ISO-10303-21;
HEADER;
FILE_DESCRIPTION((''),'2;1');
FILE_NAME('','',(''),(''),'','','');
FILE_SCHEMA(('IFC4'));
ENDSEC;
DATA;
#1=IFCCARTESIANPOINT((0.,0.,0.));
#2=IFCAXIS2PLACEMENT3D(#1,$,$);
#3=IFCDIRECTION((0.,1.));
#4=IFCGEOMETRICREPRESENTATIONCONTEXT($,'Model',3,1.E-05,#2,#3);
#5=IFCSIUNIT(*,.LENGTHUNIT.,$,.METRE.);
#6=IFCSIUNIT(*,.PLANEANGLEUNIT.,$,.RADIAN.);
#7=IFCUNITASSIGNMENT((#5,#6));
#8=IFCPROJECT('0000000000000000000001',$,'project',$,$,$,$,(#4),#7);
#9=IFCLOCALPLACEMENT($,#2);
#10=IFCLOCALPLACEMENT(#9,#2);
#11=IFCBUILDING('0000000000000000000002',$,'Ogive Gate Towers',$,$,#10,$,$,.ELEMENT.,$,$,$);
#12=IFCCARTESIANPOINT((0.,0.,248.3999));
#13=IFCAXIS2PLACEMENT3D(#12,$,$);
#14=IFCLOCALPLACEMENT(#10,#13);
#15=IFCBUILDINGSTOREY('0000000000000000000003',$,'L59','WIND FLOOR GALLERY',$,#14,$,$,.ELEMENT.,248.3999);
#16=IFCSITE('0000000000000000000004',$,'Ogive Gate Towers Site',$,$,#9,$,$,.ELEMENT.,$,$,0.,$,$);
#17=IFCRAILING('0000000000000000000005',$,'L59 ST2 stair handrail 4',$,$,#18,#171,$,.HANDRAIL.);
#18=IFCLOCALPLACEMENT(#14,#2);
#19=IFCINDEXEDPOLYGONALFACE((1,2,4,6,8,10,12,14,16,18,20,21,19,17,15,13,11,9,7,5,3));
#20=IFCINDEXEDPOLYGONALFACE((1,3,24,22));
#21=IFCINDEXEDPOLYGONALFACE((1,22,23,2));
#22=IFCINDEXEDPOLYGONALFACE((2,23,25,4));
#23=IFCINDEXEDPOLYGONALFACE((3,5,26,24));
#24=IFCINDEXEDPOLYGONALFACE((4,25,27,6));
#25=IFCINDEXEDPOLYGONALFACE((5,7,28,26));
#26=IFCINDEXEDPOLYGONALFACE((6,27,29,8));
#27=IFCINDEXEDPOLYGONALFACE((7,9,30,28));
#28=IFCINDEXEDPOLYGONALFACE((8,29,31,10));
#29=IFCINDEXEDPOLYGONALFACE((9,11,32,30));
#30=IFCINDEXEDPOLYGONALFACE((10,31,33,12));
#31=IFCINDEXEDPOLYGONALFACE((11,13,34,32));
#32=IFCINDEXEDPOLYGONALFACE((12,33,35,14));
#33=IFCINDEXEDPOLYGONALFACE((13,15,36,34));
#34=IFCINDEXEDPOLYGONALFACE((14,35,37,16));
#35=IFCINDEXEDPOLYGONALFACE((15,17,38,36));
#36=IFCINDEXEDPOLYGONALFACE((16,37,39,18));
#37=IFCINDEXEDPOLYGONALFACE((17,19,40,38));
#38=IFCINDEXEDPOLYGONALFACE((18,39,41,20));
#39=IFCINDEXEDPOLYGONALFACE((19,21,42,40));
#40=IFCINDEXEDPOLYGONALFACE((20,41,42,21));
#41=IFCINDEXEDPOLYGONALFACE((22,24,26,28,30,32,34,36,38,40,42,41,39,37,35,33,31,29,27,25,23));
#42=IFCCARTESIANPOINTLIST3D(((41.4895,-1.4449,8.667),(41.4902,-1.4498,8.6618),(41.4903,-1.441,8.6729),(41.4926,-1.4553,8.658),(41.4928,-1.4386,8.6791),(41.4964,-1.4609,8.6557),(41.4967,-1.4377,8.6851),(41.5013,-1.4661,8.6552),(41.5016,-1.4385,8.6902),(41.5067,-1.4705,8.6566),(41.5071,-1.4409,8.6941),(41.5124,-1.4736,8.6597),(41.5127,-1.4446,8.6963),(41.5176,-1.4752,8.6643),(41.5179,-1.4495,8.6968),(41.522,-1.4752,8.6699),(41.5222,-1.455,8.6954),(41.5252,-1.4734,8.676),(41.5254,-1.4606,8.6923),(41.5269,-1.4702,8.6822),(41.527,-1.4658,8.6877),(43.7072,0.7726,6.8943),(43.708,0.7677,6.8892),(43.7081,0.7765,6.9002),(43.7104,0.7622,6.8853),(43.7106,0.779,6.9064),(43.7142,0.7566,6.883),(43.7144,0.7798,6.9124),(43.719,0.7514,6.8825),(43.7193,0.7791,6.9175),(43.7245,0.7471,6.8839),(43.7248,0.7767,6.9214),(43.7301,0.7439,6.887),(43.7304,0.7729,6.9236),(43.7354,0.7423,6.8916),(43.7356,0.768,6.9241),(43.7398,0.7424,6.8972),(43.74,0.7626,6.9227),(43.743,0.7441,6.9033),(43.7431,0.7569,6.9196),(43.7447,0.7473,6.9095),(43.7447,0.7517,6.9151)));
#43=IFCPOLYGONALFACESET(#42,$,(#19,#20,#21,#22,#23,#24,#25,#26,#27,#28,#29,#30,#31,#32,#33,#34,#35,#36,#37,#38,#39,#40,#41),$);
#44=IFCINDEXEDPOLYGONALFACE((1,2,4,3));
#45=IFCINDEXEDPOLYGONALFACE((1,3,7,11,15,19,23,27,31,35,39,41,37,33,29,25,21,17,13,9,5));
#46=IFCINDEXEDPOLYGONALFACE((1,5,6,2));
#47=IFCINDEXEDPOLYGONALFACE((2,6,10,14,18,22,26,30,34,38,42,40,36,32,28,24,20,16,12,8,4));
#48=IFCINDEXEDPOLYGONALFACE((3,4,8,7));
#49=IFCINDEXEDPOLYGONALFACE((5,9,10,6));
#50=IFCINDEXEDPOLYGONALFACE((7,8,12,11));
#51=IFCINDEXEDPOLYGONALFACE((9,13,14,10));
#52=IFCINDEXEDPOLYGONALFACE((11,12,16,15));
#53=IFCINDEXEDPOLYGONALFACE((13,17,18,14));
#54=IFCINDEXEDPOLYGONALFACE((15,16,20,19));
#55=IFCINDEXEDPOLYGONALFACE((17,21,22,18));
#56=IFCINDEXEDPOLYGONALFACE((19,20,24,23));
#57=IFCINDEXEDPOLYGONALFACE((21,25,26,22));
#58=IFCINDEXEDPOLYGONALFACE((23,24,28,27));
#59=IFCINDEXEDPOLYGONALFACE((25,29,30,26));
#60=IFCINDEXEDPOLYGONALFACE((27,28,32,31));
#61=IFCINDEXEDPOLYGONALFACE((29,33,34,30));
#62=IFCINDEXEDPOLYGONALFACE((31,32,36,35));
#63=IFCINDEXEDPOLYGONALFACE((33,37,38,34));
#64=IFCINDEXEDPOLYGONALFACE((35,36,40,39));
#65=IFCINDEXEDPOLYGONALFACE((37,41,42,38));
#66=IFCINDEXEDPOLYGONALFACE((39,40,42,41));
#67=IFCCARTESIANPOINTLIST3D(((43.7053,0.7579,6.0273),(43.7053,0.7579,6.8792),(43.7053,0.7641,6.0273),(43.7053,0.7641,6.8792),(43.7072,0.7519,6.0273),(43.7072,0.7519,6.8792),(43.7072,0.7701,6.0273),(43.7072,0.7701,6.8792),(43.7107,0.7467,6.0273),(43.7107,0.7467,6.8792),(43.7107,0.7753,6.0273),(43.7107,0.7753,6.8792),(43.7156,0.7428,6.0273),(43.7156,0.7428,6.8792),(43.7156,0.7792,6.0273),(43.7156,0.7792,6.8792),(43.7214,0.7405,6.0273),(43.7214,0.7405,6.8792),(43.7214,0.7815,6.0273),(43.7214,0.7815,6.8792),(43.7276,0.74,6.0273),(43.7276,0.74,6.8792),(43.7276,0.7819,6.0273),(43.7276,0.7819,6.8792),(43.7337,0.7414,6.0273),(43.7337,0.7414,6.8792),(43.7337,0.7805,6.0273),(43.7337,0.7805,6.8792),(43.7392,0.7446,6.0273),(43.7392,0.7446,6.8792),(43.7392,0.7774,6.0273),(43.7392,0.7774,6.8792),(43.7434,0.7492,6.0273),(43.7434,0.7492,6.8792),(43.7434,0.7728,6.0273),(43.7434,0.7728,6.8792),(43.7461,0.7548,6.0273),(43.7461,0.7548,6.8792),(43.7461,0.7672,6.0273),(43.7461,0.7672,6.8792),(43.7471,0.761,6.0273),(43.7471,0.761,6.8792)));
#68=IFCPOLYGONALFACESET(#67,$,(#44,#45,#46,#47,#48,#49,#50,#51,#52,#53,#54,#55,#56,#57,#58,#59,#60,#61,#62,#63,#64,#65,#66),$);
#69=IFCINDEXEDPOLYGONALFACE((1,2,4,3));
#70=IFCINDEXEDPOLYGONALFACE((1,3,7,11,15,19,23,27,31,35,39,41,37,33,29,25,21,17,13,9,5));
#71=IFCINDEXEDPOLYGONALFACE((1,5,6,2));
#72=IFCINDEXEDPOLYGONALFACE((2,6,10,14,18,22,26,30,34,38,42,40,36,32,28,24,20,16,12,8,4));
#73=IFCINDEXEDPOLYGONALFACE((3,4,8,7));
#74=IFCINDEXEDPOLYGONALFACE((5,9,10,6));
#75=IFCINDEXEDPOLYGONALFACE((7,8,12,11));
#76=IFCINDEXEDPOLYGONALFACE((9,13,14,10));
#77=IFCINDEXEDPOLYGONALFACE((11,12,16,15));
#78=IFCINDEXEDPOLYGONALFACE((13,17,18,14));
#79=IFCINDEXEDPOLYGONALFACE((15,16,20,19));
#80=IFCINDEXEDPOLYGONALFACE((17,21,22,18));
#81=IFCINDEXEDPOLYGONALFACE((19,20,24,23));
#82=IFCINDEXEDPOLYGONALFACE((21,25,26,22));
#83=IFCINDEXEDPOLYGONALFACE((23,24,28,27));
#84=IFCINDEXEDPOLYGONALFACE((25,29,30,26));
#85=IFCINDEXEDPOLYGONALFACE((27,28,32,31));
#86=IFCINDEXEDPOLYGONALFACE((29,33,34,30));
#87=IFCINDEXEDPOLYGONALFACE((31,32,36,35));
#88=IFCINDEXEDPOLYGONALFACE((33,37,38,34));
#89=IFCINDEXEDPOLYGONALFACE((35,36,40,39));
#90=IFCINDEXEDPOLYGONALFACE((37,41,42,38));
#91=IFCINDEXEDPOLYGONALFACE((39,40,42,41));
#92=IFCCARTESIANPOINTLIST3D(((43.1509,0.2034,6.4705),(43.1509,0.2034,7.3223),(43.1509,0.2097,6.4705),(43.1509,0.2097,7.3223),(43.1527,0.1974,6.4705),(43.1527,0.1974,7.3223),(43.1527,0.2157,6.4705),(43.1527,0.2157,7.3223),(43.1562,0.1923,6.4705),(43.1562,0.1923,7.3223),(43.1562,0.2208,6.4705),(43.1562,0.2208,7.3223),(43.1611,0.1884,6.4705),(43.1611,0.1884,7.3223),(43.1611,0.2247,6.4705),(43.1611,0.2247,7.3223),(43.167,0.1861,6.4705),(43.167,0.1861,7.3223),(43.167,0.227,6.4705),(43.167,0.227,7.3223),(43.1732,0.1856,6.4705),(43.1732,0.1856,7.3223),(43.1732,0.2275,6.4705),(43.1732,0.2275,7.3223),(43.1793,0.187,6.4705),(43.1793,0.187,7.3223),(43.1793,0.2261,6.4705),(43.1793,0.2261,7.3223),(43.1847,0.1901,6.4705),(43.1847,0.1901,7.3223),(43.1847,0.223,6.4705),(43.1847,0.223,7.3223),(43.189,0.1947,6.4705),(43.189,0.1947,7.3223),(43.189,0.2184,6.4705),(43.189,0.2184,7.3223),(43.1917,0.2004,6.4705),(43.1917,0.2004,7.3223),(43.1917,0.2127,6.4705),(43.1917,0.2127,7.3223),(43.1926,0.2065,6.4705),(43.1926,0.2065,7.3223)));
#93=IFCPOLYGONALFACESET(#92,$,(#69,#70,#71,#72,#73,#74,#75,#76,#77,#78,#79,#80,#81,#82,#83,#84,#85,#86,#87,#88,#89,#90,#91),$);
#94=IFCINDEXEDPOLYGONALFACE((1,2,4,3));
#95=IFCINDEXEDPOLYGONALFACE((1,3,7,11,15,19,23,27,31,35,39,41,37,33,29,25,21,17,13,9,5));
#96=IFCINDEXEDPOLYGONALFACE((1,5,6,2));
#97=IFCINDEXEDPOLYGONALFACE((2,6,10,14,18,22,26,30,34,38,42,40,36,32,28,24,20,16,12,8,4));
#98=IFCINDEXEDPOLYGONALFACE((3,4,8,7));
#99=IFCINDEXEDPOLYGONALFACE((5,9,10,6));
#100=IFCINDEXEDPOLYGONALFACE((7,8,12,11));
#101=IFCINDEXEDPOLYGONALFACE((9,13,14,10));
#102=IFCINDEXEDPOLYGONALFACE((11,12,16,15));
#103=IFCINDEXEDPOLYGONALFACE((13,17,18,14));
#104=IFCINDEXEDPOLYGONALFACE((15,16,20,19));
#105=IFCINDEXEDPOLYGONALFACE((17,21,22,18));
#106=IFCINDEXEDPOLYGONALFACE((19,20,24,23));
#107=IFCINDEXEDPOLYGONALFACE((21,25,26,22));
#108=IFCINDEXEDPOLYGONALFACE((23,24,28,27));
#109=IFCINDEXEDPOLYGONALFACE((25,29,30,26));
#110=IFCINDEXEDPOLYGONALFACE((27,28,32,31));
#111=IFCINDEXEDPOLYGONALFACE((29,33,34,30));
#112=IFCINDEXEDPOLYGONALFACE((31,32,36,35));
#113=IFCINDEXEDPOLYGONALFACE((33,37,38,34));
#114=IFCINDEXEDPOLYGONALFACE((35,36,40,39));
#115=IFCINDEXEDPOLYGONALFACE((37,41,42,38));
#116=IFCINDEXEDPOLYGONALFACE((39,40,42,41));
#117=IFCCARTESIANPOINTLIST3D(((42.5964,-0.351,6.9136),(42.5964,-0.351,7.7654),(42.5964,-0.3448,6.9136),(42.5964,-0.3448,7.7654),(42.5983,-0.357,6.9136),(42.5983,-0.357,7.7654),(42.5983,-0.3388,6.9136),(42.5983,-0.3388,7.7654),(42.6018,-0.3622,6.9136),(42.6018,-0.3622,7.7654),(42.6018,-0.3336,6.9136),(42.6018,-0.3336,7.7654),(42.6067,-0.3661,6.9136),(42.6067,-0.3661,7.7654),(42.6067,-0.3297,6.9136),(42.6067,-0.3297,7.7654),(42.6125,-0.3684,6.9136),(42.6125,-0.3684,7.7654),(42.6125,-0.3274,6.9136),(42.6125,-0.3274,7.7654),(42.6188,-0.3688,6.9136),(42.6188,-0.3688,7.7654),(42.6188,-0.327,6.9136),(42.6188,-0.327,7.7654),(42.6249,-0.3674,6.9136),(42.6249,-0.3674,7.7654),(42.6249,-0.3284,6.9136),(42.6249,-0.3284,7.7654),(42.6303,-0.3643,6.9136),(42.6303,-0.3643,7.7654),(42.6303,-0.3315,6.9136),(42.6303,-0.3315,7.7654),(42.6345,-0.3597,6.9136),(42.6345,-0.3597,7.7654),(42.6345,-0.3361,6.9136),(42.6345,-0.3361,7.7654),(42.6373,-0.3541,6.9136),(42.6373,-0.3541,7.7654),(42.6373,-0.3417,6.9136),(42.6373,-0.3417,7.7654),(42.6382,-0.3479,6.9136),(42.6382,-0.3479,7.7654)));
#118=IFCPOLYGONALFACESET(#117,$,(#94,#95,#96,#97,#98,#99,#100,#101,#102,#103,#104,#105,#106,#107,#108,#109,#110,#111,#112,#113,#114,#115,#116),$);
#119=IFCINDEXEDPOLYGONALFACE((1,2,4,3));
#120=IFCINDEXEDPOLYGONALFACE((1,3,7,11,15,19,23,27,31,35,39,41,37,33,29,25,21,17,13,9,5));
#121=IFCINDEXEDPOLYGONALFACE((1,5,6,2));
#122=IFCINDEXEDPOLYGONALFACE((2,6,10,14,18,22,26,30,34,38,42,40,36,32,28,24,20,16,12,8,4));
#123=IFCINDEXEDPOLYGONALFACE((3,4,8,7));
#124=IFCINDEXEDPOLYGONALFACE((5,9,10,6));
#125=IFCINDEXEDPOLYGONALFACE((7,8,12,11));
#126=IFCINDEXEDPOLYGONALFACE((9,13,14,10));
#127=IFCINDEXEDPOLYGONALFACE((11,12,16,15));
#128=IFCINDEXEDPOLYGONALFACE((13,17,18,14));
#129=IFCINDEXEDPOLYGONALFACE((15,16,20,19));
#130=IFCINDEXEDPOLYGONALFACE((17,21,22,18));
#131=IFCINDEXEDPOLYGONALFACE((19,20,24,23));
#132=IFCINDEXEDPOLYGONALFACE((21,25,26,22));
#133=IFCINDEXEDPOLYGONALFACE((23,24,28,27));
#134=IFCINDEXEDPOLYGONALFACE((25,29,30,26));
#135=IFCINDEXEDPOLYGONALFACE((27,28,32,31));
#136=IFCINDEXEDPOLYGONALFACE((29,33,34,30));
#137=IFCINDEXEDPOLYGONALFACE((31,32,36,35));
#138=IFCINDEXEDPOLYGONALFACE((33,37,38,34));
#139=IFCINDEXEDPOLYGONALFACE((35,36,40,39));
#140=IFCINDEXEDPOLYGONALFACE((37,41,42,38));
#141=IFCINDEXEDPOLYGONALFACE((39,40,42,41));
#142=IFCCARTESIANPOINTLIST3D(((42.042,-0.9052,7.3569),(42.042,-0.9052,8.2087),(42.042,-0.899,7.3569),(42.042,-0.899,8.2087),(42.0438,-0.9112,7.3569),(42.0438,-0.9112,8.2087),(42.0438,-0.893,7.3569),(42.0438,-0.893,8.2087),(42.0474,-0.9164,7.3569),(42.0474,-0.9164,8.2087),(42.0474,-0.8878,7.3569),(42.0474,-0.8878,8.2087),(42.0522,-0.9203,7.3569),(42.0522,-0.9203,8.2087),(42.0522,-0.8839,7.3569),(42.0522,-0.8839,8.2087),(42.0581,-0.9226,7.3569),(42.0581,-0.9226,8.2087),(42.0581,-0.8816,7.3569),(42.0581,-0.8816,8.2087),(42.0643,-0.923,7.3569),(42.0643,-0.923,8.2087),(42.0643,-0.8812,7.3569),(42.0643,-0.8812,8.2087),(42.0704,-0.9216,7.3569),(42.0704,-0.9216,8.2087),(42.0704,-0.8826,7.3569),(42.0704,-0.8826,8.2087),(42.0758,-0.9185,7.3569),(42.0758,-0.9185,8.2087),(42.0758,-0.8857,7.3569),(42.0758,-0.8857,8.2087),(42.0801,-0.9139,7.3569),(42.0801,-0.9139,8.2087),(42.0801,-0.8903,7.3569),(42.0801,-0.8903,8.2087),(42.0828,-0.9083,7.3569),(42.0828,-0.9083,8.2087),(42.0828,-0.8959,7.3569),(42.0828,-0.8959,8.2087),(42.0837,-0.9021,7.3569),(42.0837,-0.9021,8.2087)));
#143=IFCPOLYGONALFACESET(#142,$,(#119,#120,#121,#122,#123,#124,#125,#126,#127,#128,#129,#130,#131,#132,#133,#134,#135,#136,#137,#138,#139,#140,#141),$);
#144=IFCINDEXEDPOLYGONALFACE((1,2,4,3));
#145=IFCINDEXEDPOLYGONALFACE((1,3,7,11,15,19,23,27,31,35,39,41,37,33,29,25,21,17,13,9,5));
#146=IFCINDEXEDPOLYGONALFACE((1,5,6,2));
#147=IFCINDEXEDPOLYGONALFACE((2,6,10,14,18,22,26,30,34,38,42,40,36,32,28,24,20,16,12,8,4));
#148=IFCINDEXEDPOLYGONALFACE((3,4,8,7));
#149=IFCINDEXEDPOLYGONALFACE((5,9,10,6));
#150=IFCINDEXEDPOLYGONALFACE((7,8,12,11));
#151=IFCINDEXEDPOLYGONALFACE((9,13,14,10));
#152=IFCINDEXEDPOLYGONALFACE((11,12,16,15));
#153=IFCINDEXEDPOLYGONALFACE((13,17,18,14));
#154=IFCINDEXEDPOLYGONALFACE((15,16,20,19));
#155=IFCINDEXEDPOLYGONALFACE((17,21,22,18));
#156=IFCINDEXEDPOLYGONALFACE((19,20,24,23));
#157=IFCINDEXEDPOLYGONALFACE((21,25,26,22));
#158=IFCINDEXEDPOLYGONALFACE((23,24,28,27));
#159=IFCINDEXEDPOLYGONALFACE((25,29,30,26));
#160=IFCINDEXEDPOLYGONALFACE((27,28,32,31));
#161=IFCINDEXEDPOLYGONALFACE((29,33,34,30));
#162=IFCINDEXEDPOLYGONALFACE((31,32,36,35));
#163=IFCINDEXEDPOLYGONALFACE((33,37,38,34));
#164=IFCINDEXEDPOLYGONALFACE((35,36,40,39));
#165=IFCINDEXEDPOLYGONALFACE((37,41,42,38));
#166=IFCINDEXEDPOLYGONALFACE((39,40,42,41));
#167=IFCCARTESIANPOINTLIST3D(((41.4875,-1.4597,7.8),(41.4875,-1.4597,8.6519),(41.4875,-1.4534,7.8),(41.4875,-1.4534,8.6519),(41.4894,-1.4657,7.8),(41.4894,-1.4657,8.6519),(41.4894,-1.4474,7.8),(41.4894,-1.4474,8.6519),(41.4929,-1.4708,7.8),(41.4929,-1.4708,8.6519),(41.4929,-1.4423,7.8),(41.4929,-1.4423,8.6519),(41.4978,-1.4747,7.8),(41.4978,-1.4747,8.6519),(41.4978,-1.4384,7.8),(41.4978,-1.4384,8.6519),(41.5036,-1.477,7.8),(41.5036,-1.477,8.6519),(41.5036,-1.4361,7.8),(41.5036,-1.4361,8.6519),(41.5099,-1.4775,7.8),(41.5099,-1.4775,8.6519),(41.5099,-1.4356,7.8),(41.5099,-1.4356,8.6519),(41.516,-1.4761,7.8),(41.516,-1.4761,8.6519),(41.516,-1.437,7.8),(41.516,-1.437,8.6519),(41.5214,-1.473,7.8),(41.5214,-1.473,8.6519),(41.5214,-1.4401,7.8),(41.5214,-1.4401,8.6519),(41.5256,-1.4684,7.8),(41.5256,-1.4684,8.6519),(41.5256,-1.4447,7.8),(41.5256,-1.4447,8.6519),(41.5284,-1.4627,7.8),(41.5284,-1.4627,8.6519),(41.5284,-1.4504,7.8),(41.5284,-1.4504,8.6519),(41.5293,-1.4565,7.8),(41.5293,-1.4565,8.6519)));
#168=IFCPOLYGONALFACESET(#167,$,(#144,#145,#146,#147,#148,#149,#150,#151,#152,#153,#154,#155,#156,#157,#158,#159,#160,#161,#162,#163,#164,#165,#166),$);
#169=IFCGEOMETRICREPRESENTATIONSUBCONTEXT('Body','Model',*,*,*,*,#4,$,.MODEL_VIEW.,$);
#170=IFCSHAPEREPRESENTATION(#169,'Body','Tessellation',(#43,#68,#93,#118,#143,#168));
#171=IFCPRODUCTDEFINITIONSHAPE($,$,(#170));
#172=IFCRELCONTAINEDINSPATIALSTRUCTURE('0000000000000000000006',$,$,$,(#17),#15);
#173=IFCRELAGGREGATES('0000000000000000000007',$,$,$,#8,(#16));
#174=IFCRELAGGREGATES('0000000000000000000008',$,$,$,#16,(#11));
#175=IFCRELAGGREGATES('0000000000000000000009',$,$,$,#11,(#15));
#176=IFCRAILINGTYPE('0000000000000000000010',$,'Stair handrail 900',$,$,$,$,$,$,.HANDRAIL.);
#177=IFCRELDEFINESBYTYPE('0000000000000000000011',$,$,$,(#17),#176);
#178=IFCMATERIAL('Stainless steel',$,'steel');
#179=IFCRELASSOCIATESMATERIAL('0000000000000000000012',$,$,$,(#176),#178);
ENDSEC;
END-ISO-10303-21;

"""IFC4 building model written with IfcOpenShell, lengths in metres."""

from ifc_helpers import new_model, si_unit, direction, frame, origin, origin_2d, place, context, subcontext, project, spatial, circle, extrude, material, type_object, element, save


model = new_model("IFC4")

# Units and contexts
model_context = context("Model", 3, precision=1e-05, world=origin(), true_north=direction((0.0, 1.0)))
body_context = subcontext(model_context, "Body", "Model", "MODEL_VIEW")
ifc_project = project(units=[si_unit("LENGTHUNIT", "METRE"), si_unit("PLANEANGLEUNIT", "RADIAN")], contexts=[model_context])

# Site, building, storey
site_placement = place(None, origin())
site = spatial("IfcSite", under=ifc_project, at=site_placement, Name="Ogive Gate Towers Site", CompositionType="ELEMENT", RefElevation=0.0)
building_placement = place(site_placement, origin())
building = spatial("IfcBuilding", under=site, at=building_placement, Name="Ogive Gate Towers", CompositionType="ELEMENT")
storey_placement = place(building_placement, frame((0.0, 0.0, 248.3999)))
storey = spatial("IfcBuildingStorey", under=building, at=storey_placement, Name="L59", Description="WIND FLOOR GALLERY", CompositionType="ELEMENT", Elevation=248.3999)

# Railing
ifc_material_1 = material(Name="Stainless steel", Category="steel")
railing_type_1 = type_object("IfcRailingType", Name="Stair handrail 900", PredefinedType="HANDRAIL", material=ifc_material_1)
for number, where, name in (
    (1, (43.7261, 0.761, 6.0273), "L59 ST2 stair handrail 4"),
):
    element("IfcRailing", number, at=place(storey_placement, frame(where)), inside=storey, type_object=railing_type_1, Name=name, PredefinedType="HANDRAIL", context=body_context, shape_type="SweptSolid", body=[
        extrude(circle(Radius=0.0239, at=origin_2d()), frame((0.0, 0.0, 0.876), z_axis=(-0.61561, -0.615543, 0.492068), x_axis=(0.707068, -0.707146, 0.0)), (0.0, 0.0, 1.0), 3.6025),
        extrude(circle(Radius=0.021, at=origin_2d()), origin(), (0.0, 0.0, 1.0), 0.8518),
        extrude(circle(Radius=0.021, at=origin_2d()), frame((-0.5544, -0.5544, 0.4431)), (0.0, 0.0, 1.0), 0.8518),
        extrude(circle(Radius=0.021, at=origin_2d()), frame((-1.1089, -1.1089, 0.8862)), (0.0, 0.0, 1.0), 0.8518),
        extrude(circle(Radius=0.021, at=origin_2d()), frame((-1.6633, -1.6631, 1.3296)), (0.0, 0.0, 1.0), 0.8518),
        extrude(circle(Radius=0.021, at=origin_2d()), frame((-2.2178, -2.2175, 1.7727)), (0.0, 0.0, 1.0), 0.8518),
    ])

save(model, "model.ifc")
